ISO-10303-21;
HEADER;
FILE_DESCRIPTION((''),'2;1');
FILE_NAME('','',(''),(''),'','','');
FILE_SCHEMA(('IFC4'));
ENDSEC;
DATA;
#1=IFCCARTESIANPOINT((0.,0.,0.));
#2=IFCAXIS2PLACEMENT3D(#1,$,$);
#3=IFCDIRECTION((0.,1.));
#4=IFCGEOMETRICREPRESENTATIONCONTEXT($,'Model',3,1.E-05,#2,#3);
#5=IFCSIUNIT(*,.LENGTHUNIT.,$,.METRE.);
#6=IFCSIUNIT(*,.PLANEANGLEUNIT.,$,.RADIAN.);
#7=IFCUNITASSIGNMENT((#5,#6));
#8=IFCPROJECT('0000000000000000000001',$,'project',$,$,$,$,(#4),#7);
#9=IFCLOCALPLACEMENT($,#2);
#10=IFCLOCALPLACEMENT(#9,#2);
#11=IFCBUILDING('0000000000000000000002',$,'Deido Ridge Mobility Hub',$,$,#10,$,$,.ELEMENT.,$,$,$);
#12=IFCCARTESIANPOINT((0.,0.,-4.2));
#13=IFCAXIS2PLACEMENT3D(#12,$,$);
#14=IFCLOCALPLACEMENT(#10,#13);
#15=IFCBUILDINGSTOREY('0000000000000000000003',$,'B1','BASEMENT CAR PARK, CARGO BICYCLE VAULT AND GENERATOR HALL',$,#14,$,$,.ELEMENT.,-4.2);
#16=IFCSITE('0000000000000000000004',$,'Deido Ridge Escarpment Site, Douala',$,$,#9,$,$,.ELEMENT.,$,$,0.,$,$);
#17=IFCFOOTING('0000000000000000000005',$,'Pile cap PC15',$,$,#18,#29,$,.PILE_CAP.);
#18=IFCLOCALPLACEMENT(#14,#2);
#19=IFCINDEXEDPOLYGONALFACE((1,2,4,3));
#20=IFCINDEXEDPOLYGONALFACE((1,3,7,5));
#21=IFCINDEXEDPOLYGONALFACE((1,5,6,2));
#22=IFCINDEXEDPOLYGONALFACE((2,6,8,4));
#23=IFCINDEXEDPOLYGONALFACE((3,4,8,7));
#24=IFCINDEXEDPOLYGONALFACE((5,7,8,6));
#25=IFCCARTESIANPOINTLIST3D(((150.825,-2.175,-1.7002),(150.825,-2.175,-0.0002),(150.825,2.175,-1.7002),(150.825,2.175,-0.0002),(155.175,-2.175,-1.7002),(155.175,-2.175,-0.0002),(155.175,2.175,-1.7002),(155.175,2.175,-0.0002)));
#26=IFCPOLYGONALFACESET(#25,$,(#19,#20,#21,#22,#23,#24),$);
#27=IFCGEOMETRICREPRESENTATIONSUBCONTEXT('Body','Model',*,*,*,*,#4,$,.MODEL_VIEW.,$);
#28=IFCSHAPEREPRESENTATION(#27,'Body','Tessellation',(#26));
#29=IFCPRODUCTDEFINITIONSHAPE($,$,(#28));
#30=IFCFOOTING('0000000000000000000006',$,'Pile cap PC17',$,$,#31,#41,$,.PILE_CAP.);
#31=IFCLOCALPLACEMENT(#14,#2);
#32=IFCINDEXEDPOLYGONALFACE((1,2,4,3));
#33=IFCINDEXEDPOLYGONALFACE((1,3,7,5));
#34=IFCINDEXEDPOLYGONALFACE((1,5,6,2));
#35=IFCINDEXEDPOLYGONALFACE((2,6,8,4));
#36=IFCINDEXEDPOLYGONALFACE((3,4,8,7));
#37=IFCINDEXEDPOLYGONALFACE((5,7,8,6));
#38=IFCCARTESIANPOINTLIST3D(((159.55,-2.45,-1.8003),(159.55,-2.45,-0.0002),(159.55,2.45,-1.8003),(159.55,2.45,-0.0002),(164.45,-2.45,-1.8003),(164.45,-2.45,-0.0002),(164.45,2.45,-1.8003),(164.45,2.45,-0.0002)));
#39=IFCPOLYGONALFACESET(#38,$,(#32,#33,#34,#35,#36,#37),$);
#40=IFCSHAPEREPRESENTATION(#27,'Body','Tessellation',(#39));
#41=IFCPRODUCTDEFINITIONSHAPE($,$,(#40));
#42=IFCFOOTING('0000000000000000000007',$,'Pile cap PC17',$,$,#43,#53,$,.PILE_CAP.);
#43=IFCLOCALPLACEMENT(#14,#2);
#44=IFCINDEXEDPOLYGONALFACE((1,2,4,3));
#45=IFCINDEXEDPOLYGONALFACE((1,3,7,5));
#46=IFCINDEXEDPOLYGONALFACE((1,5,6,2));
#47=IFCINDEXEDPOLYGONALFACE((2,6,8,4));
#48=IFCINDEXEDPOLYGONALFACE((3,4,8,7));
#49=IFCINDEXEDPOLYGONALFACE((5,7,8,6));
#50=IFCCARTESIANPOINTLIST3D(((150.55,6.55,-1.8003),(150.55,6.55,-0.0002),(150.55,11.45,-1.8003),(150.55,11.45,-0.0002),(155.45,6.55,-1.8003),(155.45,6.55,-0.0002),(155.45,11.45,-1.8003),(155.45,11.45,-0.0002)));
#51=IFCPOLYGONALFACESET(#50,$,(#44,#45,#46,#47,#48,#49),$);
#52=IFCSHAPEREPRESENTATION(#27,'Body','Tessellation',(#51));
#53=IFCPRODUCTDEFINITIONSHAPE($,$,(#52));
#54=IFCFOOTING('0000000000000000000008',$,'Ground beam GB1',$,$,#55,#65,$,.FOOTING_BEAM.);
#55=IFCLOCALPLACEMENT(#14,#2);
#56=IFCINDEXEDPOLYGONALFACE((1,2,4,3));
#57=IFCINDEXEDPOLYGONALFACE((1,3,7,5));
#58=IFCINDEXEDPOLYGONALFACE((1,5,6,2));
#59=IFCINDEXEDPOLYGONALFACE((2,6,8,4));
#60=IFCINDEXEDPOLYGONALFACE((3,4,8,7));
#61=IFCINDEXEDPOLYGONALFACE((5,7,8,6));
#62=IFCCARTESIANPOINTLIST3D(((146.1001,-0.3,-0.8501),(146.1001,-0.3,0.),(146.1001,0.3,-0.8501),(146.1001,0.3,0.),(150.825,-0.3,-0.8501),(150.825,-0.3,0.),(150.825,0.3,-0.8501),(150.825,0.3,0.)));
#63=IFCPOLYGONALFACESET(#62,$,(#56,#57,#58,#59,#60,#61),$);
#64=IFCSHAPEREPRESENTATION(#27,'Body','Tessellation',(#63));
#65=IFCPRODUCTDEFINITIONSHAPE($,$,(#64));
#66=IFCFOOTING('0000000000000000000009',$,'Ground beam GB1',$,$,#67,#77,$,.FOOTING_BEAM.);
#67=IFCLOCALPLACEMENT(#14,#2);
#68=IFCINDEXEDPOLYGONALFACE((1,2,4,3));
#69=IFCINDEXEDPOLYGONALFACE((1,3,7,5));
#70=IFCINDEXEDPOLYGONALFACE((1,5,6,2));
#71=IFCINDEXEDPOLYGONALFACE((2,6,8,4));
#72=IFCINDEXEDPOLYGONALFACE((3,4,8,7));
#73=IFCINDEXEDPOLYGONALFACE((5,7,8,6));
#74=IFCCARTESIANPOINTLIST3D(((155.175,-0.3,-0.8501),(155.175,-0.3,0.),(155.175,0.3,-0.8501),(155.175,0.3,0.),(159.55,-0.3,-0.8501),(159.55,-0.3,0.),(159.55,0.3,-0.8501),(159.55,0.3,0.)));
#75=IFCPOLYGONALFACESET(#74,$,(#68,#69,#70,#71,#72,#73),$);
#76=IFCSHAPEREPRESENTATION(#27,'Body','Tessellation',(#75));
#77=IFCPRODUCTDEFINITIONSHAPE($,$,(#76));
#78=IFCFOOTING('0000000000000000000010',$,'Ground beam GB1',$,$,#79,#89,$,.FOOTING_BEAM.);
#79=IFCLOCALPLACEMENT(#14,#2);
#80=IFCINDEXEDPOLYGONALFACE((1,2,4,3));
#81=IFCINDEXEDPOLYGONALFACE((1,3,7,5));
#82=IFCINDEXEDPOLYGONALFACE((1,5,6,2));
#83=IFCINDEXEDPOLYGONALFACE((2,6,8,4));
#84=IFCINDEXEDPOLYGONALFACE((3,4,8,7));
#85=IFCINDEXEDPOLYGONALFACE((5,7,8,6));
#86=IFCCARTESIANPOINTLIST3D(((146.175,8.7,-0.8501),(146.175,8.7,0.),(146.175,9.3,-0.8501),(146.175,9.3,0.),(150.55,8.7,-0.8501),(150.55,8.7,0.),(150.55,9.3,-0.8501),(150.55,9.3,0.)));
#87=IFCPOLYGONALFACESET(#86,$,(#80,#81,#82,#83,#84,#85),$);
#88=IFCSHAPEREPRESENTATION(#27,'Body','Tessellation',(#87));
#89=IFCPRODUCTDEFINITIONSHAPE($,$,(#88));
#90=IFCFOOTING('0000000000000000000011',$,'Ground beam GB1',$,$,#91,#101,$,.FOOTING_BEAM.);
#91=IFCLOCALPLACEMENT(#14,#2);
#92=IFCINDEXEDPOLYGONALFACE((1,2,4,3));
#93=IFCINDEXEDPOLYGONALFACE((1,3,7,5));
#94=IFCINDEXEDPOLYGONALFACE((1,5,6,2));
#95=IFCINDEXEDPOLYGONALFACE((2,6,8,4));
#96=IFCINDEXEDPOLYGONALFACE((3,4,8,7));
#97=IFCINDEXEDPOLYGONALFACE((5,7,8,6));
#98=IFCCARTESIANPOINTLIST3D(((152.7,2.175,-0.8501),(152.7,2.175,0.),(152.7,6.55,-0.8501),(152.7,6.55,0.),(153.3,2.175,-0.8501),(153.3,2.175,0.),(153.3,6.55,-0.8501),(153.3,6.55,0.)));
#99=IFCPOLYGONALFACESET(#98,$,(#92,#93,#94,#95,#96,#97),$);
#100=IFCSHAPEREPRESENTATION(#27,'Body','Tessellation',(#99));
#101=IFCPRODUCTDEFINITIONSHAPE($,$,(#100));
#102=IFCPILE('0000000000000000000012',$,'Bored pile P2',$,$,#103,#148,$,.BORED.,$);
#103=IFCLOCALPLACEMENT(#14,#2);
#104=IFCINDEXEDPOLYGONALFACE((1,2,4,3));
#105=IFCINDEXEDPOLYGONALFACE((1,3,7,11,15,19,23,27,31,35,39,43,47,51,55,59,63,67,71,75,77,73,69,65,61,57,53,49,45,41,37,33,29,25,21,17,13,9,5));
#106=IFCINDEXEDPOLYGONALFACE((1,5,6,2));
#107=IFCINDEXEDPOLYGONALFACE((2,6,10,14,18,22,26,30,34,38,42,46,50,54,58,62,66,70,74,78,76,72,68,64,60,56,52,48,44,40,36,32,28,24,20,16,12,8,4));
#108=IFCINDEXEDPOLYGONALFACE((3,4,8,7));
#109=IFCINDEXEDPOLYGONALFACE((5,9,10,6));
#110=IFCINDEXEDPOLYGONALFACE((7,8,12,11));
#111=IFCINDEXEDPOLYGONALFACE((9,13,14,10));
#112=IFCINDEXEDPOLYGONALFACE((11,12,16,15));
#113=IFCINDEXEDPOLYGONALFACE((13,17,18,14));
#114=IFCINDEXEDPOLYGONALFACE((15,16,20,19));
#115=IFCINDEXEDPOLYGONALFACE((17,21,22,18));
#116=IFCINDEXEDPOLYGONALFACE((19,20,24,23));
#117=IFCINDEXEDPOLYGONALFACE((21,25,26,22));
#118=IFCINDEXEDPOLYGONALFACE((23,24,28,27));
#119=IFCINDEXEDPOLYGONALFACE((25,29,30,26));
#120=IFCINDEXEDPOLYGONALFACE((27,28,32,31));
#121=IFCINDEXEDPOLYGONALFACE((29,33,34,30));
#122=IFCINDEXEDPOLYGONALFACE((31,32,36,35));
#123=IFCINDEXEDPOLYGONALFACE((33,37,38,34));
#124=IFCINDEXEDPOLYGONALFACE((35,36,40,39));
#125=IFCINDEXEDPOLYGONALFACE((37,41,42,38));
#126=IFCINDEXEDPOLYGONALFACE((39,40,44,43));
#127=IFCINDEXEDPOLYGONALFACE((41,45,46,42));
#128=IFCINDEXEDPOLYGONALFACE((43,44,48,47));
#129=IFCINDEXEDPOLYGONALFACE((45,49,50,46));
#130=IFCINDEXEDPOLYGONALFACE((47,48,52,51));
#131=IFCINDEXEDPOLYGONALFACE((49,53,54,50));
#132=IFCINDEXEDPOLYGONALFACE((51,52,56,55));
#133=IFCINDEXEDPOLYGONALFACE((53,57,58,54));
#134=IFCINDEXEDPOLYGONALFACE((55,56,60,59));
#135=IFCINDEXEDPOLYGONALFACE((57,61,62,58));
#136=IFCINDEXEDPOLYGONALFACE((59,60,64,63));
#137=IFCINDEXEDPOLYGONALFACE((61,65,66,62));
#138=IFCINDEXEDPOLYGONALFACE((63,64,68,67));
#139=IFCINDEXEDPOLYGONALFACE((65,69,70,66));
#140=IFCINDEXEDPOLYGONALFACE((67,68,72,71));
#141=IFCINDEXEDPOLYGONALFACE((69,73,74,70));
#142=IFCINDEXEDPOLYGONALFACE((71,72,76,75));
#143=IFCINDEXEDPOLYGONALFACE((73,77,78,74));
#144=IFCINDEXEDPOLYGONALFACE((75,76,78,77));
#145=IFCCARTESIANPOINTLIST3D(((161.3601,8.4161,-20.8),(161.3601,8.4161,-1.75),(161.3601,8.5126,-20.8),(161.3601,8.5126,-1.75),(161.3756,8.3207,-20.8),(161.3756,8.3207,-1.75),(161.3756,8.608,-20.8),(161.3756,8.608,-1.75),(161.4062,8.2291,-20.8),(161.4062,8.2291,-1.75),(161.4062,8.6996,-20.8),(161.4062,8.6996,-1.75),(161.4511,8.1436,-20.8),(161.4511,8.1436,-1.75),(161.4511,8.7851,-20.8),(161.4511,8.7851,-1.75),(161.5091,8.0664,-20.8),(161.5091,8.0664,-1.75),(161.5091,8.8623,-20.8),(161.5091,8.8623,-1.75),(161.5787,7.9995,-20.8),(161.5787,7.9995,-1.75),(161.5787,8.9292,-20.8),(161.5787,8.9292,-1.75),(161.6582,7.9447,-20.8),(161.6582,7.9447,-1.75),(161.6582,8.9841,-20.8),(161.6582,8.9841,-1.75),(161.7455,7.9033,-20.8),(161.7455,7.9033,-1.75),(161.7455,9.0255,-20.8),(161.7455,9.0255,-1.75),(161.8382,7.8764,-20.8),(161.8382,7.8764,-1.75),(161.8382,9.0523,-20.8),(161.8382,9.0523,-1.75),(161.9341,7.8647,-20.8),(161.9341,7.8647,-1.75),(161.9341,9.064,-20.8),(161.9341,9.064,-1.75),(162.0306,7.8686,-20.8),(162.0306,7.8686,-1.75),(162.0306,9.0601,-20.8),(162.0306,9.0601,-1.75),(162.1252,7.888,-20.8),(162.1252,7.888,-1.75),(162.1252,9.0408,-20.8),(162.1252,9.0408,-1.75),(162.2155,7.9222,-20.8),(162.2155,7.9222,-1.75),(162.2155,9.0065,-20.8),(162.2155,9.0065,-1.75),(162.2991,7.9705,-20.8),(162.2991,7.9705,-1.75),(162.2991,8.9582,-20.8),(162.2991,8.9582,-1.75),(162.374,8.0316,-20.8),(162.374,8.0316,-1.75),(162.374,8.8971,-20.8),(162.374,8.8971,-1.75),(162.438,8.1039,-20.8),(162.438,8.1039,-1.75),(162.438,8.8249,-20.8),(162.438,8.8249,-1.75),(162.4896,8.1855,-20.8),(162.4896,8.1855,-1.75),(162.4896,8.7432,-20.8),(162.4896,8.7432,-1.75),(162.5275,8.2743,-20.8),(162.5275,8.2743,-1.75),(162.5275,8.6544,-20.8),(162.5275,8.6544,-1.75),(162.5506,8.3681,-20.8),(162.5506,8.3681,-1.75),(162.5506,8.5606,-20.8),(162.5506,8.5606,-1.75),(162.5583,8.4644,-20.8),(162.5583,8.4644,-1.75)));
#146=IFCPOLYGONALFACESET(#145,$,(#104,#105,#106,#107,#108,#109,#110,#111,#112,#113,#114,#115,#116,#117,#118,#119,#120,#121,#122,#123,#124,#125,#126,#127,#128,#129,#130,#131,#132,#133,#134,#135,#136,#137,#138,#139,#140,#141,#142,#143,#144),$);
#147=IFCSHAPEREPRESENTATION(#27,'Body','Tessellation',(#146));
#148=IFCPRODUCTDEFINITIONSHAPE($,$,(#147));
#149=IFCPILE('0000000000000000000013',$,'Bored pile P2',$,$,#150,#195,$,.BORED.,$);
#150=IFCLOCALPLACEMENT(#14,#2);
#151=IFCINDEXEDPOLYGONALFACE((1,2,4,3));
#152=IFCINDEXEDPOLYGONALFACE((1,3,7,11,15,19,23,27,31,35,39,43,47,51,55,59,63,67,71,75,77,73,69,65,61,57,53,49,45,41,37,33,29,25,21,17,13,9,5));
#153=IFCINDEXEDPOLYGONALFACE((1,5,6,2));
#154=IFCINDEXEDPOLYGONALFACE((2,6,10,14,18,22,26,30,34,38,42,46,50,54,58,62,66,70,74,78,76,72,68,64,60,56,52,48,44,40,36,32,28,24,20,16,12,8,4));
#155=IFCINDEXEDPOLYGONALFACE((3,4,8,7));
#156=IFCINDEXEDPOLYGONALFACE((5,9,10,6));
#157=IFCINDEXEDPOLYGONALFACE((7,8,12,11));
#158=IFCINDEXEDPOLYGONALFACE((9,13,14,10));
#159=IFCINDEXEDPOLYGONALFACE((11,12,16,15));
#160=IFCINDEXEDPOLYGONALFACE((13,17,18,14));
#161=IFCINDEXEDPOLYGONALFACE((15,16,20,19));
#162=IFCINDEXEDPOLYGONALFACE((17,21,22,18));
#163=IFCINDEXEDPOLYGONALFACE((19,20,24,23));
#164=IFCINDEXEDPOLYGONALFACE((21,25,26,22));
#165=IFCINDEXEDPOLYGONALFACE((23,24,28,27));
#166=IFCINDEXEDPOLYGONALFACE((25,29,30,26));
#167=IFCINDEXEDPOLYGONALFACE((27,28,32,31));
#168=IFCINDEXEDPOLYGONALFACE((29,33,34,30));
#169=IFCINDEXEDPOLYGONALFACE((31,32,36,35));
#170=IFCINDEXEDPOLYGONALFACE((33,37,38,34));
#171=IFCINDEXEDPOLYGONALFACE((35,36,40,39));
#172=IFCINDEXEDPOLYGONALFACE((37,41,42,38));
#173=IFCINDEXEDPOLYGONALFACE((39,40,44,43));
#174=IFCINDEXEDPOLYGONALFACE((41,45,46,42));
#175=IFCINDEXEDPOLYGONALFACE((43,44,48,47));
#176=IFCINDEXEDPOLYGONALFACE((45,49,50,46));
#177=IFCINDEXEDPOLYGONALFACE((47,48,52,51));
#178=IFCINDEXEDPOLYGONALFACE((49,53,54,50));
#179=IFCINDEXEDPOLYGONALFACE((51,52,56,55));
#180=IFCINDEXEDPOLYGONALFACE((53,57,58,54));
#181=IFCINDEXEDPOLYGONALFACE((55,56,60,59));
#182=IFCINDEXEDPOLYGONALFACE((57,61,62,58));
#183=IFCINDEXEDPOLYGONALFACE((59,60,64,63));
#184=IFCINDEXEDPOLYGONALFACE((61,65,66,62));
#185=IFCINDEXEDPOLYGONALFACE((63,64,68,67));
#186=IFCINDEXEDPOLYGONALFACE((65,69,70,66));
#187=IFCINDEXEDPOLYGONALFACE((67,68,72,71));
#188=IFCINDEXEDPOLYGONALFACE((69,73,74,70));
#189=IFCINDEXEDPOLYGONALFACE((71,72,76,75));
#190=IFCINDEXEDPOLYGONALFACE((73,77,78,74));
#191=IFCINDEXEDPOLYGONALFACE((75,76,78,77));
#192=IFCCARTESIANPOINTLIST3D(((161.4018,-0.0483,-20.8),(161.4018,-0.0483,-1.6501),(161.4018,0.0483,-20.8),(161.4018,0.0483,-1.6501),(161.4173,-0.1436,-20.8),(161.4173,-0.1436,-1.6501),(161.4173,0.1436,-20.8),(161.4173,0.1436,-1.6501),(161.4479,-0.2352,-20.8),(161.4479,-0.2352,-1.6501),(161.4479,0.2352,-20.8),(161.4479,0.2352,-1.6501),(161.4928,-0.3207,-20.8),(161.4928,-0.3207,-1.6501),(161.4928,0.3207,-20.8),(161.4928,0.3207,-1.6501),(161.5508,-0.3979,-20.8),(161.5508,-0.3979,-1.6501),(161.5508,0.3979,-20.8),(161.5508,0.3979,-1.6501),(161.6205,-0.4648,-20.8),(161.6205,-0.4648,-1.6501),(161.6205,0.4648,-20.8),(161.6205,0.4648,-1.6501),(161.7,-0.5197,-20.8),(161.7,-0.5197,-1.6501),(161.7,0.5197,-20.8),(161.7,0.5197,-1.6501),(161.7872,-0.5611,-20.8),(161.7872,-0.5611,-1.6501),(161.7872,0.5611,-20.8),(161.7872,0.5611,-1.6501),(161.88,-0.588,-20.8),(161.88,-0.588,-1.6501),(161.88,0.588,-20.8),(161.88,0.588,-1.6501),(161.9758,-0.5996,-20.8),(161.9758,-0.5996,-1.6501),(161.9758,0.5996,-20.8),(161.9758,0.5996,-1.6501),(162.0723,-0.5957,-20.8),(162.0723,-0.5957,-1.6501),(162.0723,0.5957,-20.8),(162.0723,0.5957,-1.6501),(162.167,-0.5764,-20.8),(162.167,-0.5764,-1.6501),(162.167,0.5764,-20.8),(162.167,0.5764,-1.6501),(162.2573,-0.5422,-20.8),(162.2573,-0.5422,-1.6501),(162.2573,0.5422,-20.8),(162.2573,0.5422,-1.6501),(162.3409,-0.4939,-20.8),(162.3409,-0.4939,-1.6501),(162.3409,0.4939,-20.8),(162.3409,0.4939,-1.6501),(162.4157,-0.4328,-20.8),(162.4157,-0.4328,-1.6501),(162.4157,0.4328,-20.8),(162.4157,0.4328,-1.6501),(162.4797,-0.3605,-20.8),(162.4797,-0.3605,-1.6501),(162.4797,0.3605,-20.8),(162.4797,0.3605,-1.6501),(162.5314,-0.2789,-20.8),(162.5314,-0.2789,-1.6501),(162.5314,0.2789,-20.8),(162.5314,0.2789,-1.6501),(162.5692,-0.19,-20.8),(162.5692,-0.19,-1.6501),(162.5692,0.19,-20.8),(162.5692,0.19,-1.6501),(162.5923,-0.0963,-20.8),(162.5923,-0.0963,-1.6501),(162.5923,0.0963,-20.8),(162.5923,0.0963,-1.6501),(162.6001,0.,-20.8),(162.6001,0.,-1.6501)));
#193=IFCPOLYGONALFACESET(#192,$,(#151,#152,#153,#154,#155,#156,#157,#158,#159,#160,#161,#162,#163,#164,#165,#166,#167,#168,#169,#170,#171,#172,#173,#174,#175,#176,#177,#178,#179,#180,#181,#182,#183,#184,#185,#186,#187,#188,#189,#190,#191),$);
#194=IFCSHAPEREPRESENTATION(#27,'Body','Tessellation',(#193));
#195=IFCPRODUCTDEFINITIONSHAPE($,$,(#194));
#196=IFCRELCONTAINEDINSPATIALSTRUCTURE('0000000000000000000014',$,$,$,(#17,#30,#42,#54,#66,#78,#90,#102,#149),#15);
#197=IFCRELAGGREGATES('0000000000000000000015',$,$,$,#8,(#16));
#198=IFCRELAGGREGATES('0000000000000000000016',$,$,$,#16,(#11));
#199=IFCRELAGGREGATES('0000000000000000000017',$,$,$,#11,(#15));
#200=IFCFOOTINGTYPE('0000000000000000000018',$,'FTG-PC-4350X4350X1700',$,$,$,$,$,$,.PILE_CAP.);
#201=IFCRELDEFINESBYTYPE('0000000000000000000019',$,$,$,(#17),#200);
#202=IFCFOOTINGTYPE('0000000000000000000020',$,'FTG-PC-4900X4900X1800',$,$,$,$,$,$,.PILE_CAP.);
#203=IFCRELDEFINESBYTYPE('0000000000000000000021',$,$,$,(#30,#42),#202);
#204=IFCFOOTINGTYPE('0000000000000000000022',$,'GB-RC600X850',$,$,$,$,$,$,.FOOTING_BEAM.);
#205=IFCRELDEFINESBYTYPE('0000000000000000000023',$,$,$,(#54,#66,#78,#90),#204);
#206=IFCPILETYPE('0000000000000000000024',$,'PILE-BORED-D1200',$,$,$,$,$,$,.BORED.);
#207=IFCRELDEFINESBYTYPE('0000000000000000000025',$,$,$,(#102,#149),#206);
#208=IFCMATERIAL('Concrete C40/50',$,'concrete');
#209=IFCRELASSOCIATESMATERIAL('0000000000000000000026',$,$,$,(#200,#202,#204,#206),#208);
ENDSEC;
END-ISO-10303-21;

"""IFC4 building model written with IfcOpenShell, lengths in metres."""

from ifc_helpers import new_model, si_unit, direction, frame, origin, origin_2d, place, context, subcontext, project, spatial, rectangle, circle, extrude, material, material_profile, profile_set, type_object, element, save


model = new_model("IFC4")

# Units and contexts
model_context = context("Model", 3, precision=1e-05, world=origin(), true_north=direction((0.0, 1.0)))
body_context = subcontext(model_context, "Body", "Model", "MODEL_VIEW")
ifc_project = project(units=[si_unit("LENGTHUNIT", "METRE"), si_unit("PLANEANGLEUNIT", "RADIAN")], contexts=[model_context])

# Site, building, storey
site_placement = place(None, origin())
site = spatial("IfcSite", under=ifc_project, at=site_placement, Name="Deido Ridge Escarpment Site, Douala", CompositionType="ELEMENT", RefElevation=0.0)
building_placement = place(site_placement, origin())
building = spatial("IfcBuilding", under=site, at=building_placement, Name="Deido Ridge Mobility Hub", CompositionType="ELEMENT")
storey_placement = place(building_placement, frame((0.0, 0.0, -4.2)))
storey = spatial("IfcBuildingStorey", under=building, at=storey_placement, Name="B1", Description="BASEMENT CAR PARK, CARGO BICYCLE VAULT AND GENERATOR HALL", CompositionType="ELEMENT", Elevation=-4.2)

# Footings
ifc_material_1 = material(Name="Concrete C40/50", Category="concrete")
footing_type_1 = type_object("IfcFootingType", Name="FTG-PC-4350X4350X1700", PredefinedType="PILE_CAP", material=ifc_material_1)
footing_1_placement = place(storey_placement, frame((153.0, 0.0, -1.7002), z_axis=(0.0, 0.0, 1.0), x_axis=(1.0, 0.0, 0.0)))
element("IfcFooting", 1, at=footing_1_placement, inside=storey, type_object=footing_type_1, Name="Pile cap PC15", PredefinedType="PILE_CAP", context=body_context, shape_type="SweptSolid", body=[
    extrude(rectangle(XDim=4.3501, YDim=4.3501, at=origin_2d()), origin(), (0.0, 0.0, 1.0), 1.7),
])
footing_type_2 = type_object("IfcFootingType", Name="FTG-PC-4900X4900X1800", PredefinedType="PILE_CAP", material=ifc_material_1)
for number, where, z_axis, x_axis, name in (
    (2, (162.0, 0.0, -1.8003), (0.0, 0.0, 1.0), (1.0, 0.0, 0.0), "Pile cap PC17"),
    (3, (153.0, 9.0, -1.8003), (0.0, 0.0, 1.0), (1.0, 0.0, 0.0), "Pile cap PC17"),
):
    element("IfcFooting", number, at=place(storey_placement, frame(where, z_axis=z_axis, x_axis=x_axis)), inside=storey, type_object=footing_type_2, Name=name, PredefinedType="PILE_CAP", context=body_context, shape_type="SweptSolid", body=[
        extrude(rectangle(XDim=4.8999, YDim=4.8999, at=origin_2d()), origin(), (0.0, 0.0, 1.0), 1.8),
    ])
ifc_material_profile_1 = material_profile(ifc_material_1, rectangle(XDim=0.6001, YDim=0.8501, at=origin_2d()), Name="RC GB 600x850")
ifc_profile_set_1 = profile_set([ifc_material_profile_1], Name="Concrete C40/50")
footing_type_3 = type_object("IfcFootingType", Name="GB-RC600X850", PredefinedType="FOOTING_BEAM", material=ifc_profile_set_1)
footing_2_placement = place(storey_placement, frame((146.1001, 0.0, -0.425), z_axis=(1.0, 0.0, 0.0), x_axis=(0.0, 1.0, 0.0)))
element("IfcFooting", 4, at=footing_2_placement, inside=storey, type_object=footing_type_3, Name="Ground beam GB1", PredefinedType="FOOTING_BEAM", context=body_context, shape_type="SweptSolid", body=[
    extrude(rectangle(XDim=0.6001, YDim=0.8501, at=origin_2d()), origin(), (0.0, 0.0, 1.0), 4.7249),
])
for number, where, z_axis, x_axis, name in (
    (5, (155.175, 0.0, -0.425), (1.0, 0.0, 0.0), (0.0, 1.0, 0.0), "Ground beam GB1"),
    (6, (146.175, 9.0, -0.425), (1.0, 0.0, 0.0), (0.0, 1.0, 0.0), "Ground beam GB1"),
    (7, (153.0, 2.175, -0.425), (0.0, 1.0, 0.0), (-1.0, 0.0, 0.0), "Ground beam GB1"),
):
    element("IfcFooting", number, at=place(storey_placement, frame(where, z_axis=z_axis, x_axis=x_axis)), inside=storey, type_object=footing_type_3, Name=name, PredefinedType="FOOTING_BEAM", context=body_context, shape_type="SweptSolid", body=[
        extrude(rectangle(XDim=0.6001, YDim=0.8501, at=origin_2d()), origin(), (0.0, 0.0, 1.0), 4.375),
    ])

# Piles
ifc_material_profile_2 = material_profile(ifc_material_1, circle(Radius=0.6001, at=origin_2d()), Name="BORED PILE D1200")
ifc_profile_set_2 = profile_set([ifc_material_profile_2], Name="Concrete C40/50")
pile_type_1 = type_object("IfcPileType", Name="PILE-BORED-D1200", PredefinedType="BORED", material=ifc_profile_set_2)
pile_placement = place(storey_placement, frame((161.9583, 8.4644, -1.75), z_axis=(0.0, 0.0, -1.0), x_axis=(1.0, 0.0, 0.0)))
element("IfcPile", 8, at=pile_placement, inside=storey, type_object=pile_type_1, Name="Bored pile P2", PredefinedType="BORED", context=body_context, shape_type="SweptSolid", body=[
    extrude(circle(Radius=0.6001, at=origin_2d()), origin(), (0.0, 0.0, 1.0), 19.05),
])
for number, where, z_axis, x_axis, name in (
    (9, (162.0, 0.0, -1.6501), (0.0, 0.0, -1.0), (1.0, 0.0, 0.0), "Bored pile P2"),
):
    element("IfcPile", number, at=place(storey_placement, frame(where, z_axis=z_axis, x_axis=x_axis)), inside=storey, type_object=pile_type_1, Name=name, PredefinedType="BORED", context=body_context, shape_type="SweptSolid", body=[
        extrude(circle(Radius=0.6001, at=origin_2d()), origin(), (0.0, 0.0, 1.0), 19.1499),
    ])

save(model, "model.ifc")
